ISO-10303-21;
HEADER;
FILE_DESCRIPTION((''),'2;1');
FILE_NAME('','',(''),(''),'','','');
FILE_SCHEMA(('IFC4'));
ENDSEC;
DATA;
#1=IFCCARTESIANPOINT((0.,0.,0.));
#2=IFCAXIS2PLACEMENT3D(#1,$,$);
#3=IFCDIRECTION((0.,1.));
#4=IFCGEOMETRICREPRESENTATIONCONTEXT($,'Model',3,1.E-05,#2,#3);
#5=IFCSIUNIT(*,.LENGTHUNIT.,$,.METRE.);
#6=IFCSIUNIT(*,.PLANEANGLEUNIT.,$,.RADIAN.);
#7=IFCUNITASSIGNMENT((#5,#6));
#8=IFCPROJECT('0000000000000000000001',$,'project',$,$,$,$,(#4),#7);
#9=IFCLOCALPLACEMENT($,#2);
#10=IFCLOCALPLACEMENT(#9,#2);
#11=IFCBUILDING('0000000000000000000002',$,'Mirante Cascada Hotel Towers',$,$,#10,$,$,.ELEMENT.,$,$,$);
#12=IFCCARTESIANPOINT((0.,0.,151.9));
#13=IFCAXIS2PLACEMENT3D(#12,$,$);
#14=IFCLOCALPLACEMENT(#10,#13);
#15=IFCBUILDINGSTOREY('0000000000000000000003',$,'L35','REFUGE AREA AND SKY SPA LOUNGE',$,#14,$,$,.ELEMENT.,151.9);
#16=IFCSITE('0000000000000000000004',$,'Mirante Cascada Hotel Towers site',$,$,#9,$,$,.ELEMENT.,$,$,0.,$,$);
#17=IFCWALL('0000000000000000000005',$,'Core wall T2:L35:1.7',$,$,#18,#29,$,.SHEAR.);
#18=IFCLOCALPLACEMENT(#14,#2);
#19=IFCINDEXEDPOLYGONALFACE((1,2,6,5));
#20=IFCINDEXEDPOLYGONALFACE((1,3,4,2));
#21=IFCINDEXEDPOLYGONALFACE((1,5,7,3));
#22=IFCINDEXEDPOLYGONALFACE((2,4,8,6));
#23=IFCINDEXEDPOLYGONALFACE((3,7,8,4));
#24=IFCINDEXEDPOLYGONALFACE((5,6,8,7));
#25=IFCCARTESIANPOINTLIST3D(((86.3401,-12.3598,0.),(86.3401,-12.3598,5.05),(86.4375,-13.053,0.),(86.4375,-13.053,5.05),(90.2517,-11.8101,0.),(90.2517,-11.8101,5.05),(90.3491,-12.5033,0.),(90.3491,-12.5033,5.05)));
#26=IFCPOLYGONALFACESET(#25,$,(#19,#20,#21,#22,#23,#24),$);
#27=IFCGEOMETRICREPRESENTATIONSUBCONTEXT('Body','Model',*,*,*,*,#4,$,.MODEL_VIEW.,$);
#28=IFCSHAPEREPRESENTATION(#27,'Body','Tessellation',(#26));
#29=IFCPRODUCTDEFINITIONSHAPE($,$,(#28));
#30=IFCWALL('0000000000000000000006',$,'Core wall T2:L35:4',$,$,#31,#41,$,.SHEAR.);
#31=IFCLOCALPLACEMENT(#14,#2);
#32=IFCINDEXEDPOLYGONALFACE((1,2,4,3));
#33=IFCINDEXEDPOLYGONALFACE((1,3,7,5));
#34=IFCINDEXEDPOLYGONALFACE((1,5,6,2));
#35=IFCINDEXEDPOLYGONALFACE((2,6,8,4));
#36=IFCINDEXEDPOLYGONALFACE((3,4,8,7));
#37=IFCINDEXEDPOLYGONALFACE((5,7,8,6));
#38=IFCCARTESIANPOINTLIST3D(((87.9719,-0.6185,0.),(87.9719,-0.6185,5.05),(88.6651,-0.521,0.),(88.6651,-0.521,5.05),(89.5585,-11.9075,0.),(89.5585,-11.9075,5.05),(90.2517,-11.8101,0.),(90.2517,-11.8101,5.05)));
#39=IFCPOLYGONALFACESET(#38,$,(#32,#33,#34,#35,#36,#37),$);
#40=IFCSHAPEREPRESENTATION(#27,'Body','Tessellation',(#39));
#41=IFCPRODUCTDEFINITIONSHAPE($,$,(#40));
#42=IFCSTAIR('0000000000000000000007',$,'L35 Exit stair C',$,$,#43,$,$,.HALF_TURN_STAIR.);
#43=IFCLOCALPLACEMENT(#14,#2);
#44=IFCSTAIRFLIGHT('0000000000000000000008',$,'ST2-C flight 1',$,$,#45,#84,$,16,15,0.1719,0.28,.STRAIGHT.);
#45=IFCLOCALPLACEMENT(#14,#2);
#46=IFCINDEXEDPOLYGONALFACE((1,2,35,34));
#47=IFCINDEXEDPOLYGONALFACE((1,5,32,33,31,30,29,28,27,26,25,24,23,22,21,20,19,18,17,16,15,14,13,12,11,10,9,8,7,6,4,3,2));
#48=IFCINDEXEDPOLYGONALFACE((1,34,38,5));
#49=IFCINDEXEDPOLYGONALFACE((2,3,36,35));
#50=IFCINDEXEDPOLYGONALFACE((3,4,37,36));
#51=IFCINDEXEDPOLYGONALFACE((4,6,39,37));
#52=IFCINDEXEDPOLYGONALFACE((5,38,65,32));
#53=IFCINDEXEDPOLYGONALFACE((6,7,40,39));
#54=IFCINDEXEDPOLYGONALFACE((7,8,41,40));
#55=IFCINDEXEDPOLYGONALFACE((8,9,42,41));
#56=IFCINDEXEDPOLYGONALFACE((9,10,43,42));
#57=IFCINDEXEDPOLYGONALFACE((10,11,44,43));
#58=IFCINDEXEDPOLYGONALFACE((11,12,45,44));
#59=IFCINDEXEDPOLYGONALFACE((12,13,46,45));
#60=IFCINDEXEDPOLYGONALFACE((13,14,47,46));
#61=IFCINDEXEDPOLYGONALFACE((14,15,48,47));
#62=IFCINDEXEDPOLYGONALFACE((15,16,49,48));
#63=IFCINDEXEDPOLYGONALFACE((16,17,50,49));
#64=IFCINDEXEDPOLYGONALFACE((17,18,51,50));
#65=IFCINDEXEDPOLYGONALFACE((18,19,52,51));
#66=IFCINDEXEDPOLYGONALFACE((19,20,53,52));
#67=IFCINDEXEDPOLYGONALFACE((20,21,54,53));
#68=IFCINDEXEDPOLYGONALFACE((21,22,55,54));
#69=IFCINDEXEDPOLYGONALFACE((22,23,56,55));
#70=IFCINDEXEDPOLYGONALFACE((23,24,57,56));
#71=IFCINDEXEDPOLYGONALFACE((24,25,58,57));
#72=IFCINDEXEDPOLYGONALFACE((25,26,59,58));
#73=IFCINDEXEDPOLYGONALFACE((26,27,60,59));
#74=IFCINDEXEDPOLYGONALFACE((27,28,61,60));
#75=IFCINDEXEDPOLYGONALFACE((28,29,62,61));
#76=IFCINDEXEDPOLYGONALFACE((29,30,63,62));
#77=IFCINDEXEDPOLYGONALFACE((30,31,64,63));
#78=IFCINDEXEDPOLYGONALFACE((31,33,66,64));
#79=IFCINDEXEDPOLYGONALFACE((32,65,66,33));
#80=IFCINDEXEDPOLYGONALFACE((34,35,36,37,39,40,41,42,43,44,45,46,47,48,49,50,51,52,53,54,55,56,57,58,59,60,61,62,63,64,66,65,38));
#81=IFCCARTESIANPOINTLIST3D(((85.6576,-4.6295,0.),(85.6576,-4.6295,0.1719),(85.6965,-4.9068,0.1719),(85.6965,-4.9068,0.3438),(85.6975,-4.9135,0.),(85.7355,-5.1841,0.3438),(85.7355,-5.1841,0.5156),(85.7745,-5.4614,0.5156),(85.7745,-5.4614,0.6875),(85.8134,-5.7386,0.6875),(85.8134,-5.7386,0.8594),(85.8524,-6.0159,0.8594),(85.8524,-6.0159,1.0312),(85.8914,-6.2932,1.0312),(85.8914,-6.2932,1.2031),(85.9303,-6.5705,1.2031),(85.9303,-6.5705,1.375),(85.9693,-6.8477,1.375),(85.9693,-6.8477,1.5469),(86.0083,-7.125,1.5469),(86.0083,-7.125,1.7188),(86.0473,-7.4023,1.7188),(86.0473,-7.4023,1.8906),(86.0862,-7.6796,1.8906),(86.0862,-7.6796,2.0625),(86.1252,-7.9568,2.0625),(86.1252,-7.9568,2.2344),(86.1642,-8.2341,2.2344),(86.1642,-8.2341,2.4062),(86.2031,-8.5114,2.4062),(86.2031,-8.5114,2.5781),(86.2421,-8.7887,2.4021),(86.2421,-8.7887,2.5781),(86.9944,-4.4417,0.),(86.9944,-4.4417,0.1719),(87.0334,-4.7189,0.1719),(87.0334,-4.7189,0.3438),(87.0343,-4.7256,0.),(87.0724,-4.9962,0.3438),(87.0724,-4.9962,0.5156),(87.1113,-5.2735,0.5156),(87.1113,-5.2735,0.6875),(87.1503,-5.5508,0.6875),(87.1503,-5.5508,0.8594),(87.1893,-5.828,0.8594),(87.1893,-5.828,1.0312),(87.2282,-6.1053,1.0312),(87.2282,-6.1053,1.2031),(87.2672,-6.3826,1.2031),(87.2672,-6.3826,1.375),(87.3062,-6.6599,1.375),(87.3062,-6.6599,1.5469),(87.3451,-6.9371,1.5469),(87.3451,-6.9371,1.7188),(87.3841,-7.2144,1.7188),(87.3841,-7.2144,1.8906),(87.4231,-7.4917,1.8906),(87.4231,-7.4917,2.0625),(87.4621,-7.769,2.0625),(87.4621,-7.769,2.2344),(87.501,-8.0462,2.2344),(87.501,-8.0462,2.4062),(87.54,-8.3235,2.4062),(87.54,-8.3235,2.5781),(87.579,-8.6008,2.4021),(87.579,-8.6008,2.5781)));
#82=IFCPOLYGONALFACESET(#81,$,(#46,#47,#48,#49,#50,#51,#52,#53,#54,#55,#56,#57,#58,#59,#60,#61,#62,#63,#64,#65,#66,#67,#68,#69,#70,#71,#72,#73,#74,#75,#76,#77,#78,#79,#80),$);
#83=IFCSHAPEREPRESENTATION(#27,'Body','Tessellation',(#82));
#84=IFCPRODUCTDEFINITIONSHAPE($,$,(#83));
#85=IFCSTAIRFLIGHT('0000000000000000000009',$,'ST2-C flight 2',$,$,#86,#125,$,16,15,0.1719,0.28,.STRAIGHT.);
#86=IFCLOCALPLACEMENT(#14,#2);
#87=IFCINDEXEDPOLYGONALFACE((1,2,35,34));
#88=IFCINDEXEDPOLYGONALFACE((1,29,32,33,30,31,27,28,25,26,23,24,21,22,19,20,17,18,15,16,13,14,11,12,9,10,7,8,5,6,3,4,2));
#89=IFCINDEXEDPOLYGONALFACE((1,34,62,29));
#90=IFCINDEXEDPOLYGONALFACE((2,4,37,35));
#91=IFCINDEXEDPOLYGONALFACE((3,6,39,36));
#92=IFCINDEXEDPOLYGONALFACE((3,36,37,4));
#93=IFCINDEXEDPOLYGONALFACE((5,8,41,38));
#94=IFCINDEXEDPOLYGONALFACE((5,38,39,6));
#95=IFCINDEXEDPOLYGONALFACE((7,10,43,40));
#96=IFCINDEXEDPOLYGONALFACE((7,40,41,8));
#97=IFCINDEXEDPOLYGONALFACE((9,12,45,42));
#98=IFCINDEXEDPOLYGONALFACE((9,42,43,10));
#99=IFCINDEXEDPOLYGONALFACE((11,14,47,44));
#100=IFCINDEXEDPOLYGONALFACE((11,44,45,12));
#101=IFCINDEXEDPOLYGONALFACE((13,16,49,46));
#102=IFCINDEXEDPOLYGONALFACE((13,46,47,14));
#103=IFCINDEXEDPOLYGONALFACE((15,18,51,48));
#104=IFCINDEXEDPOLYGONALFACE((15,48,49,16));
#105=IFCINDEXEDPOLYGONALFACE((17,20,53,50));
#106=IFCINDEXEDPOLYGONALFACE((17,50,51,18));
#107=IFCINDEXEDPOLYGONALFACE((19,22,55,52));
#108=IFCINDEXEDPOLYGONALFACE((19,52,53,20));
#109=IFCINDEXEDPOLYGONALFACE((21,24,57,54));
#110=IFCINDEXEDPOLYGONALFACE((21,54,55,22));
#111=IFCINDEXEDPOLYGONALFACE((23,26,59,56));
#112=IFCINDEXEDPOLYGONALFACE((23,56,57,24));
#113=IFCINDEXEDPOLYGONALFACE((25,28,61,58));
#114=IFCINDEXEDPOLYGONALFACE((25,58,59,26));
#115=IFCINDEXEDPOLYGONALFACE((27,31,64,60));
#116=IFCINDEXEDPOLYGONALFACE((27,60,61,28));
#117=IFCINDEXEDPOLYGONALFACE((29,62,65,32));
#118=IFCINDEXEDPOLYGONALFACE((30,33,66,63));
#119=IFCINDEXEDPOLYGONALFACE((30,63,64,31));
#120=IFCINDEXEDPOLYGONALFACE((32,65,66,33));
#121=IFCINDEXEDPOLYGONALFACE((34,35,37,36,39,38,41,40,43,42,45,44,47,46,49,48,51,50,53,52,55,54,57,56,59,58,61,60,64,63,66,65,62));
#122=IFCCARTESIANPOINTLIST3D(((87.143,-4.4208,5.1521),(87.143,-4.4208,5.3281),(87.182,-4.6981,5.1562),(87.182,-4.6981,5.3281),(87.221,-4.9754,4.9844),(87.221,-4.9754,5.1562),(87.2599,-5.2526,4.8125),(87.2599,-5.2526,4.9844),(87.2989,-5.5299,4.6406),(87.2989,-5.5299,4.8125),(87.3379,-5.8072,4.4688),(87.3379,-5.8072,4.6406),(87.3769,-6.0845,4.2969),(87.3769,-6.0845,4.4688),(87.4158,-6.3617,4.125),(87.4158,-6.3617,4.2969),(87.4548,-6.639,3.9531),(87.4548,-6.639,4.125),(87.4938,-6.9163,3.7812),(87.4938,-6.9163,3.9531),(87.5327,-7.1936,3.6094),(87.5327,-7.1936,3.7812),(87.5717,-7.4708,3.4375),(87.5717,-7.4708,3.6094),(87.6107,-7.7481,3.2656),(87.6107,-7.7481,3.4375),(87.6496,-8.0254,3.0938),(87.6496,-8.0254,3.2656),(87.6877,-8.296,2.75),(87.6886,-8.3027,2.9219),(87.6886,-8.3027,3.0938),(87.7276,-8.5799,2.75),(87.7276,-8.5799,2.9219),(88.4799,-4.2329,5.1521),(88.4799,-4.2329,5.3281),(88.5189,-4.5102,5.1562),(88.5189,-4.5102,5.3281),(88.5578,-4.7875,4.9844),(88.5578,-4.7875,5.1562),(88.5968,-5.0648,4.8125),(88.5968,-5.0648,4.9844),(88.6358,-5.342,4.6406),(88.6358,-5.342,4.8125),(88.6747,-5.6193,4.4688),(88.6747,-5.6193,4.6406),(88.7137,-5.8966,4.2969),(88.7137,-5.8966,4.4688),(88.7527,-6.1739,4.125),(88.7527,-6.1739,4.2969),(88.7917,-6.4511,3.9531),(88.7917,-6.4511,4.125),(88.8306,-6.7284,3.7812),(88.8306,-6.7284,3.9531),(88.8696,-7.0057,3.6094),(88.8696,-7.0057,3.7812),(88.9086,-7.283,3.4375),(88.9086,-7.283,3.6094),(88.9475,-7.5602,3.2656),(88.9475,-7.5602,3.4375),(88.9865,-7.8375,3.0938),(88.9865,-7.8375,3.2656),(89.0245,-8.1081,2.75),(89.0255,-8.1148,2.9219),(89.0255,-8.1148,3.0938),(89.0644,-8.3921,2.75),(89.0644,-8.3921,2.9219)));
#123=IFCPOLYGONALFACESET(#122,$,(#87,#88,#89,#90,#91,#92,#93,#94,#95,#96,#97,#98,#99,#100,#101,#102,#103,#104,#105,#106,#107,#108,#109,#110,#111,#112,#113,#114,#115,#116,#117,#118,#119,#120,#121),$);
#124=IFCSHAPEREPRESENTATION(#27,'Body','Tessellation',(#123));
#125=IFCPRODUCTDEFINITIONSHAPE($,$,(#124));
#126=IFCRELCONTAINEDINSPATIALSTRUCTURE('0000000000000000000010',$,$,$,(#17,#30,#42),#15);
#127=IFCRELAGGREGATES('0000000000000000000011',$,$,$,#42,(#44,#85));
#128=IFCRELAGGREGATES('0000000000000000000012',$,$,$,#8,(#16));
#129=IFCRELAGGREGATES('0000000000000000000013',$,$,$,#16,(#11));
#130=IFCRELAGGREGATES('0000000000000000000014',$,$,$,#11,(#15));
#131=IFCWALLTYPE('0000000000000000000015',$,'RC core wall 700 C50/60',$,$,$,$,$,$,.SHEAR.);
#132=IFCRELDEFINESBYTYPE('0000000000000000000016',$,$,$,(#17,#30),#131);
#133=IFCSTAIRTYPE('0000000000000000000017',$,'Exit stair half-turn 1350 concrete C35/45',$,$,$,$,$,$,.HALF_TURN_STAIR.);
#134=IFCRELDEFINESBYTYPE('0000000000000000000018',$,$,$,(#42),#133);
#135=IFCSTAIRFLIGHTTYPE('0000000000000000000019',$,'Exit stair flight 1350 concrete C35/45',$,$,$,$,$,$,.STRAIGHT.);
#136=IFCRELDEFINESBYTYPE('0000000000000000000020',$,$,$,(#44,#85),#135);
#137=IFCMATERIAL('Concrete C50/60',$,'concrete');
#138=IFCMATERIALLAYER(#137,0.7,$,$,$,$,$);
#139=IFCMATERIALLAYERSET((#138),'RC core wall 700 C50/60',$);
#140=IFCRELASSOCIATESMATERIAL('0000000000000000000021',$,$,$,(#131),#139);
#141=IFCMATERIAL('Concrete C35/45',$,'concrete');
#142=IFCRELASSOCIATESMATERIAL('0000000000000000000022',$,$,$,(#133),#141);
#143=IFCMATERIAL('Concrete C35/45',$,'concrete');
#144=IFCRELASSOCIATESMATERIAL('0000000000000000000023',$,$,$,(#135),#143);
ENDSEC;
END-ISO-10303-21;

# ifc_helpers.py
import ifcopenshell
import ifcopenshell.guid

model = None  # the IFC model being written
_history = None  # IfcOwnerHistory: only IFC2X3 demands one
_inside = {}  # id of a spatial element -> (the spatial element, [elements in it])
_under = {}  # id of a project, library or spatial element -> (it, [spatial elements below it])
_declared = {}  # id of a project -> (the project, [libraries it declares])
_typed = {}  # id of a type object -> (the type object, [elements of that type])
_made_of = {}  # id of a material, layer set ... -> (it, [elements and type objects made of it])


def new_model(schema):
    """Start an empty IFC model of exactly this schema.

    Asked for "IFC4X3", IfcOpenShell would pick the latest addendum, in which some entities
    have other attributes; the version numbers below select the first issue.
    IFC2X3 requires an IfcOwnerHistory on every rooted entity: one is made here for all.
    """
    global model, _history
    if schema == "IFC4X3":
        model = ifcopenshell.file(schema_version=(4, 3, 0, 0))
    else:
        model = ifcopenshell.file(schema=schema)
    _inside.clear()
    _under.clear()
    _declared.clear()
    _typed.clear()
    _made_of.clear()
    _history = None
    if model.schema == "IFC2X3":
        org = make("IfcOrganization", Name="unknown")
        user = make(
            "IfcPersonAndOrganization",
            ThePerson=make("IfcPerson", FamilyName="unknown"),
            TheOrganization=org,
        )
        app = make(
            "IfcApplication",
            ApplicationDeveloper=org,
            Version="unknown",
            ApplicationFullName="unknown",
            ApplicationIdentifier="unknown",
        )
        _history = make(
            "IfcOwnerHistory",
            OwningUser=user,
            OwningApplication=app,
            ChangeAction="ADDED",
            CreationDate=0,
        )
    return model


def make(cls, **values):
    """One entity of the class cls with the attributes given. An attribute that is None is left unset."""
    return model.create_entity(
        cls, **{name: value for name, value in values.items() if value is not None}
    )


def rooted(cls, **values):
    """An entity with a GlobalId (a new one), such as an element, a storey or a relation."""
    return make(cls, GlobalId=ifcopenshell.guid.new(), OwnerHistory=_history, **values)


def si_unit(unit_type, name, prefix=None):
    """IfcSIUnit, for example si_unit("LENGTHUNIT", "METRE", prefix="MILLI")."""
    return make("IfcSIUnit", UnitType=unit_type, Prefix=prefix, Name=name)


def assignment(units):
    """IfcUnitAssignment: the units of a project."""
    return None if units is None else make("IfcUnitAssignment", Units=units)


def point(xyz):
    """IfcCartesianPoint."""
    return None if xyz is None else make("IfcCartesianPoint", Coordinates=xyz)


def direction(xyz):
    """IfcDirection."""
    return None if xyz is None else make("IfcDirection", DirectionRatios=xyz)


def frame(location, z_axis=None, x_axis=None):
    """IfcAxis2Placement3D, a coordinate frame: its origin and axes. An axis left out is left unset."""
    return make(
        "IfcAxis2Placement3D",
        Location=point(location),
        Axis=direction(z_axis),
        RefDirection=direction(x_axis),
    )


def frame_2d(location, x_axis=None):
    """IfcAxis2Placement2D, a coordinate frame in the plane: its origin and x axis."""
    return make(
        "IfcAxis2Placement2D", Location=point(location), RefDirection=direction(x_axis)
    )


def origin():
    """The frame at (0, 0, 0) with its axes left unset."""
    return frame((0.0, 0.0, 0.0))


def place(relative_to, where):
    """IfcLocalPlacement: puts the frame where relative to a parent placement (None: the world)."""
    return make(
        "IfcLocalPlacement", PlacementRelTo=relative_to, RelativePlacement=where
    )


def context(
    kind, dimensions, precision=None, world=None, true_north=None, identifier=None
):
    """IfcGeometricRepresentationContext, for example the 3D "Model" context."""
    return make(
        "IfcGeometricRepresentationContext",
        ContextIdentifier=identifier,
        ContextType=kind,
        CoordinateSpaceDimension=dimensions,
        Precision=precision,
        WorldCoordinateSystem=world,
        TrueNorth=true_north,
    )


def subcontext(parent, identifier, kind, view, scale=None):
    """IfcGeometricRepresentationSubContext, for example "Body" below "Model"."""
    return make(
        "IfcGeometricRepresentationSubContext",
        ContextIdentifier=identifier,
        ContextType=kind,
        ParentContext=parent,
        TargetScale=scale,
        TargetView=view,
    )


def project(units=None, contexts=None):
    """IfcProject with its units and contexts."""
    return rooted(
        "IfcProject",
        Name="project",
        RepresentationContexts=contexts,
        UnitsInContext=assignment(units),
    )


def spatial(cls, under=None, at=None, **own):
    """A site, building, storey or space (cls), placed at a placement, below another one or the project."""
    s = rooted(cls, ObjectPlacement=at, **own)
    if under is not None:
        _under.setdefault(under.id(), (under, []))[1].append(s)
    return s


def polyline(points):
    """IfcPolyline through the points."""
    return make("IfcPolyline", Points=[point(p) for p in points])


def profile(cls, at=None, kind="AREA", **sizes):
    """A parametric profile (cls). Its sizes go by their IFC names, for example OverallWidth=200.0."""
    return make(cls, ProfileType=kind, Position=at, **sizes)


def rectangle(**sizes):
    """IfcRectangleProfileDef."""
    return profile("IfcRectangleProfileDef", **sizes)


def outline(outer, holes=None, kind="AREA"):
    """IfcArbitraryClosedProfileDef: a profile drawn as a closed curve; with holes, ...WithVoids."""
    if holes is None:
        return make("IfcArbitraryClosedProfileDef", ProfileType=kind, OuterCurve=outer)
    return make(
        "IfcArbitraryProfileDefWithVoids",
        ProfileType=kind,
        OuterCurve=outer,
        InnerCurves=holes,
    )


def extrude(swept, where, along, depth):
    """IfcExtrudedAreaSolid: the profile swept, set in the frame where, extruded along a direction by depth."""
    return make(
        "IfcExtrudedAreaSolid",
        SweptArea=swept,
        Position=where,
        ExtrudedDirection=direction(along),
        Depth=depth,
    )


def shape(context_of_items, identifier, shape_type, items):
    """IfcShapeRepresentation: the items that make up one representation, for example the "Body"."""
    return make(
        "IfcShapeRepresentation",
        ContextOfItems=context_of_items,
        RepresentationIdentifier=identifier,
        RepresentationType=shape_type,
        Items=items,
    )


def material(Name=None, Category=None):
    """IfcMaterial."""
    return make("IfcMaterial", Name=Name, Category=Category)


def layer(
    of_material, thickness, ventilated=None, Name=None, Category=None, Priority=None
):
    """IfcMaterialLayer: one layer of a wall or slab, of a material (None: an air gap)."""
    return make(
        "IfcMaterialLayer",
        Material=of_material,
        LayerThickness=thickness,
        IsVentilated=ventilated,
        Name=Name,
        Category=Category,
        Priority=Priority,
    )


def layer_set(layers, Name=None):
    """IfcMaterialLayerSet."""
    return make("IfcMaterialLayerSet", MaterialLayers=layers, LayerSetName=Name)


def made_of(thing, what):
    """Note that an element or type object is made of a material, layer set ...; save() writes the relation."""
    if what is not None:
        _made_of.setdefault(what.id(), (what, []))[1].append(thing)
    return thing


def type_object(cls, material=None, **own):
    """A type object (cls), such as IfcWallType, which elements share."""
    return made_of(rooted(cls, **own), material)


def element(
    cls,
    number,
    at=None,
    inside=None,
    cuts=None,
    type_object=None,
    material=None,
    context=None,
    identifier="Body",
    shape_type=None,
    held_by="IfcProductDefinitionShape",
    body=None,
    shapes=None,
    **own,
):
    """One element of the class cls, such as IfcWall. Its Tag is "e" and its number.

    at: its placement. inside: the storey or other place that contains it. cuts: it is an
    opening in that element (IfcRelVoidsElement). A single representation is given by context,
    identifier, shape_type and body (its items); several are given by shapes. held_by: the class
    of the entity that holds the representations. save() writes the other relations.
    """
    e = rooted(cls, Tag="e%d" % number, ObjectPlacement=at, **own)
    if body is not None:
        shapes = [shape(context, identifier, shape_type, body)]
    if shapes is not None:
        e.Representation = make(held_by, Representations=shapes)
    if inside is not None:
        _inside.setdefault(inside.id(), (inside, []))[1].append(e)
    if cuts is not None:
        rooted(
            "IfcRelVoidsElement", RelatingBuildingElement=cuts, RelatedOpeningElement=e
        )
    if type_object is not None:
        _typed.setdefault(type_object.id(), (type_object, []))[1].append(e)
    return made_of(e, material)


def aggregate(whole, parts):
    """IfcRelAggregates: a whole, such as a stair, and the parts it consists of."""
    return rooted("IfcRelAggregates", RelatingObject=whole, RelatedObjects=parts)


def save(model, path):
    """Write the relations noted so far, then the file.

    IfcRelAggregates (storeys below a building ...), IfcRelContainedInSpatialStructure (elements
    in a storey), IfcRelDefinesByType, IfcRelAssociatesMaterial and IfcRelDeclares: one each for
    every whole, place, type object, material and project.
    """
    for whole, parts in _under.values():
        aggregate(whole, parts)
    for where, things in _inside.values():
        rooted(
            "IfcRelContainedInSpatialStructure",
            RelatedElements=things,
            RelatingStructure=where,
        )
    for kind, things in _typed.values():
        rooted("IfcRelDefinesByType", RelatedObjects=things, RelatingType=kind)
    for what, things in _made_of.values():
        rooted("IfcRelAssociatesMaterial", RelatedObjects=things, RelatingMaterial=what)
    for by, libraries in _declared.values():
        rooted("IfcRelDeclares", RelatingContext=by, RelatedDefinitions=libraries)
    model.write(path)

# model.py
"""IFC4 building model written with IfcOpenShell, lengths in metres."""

from ifc_helpers import new_model, si_unit, direction, frame, frame_2d, origin, place, context, subcontext, project, spatial, polyline, rectangle, outline, extrude, material, layer, layer_set, type_object, element, aggregate, save


model = new_model("IFC4")

# Units and contexts
model_context = context("Model", 3, precision=1e-05, world=origin(), true_north=direction((0.0, 1.0)))
body_context = subcontext(model_context, "Body", "Model", "MODEL_VIEW")
ifc_project = project(units=[si_unit("LENGTHUNIT", "METRE"), si_unit("PLANEANGLEUNIT", "RADIAN")], contexts=[model_context])

# Site, building, storey
site_placement = place(None, origin())
site = spatial("IfcSite", under=ifc_project, at=site_placement, Name="Mirante Cascada Hotel Towers site", CompositionType="ELEMENT", RefElevation=0.0)
building_placement = place(site_placement, origin())
building = spatial("IfcBuilding", under=site, at=building_placement, Name="Mirante Cascada Hotel Towers", CompositionType="ELEMENT")
storey_placement = place(building_placement, frame((0.0, 0.0, 151.9)))
storey = spatial("IfcBuildingStorey", under=building, at=storey_placement, Name="L35", Description="REFUGE AREA AND SKY SPA LOUNGE", CompositionType="ELEMENT", Elevation=151.9)

# Walls
ifc_material_1 = material(Name="Concrete C50/60", Category="concrete")
ifc_layer_1 = layer(ifc_material_1, 0.7)
ifc_layer_set_1 = layer_set([ifc_layer_1], Name="RC core wall 700 C50/60")
wall_type_1 = type_object("IfcWallType", Name="RC core wall 700 C50/60", PredefinedType="SHEAR", material=ifc_layer_set_1)
wall_1_placement = place(storey_placement, frame((86.3888, -12.7064, 0.0), z_axis=(0.0, 0.0, 1.0), x_axis=(0.990269, 0.139163, 0.0)))
element("IfcWall", 1, at=wall_1_placement, inside=storey, type_object=wall_type_1, Name="Core wall T2:L35:1.7", PredefinedType="SHEAR", context=body_context, shape_type="SweptSolid", body=[
    extrude(rectangle(XDim=3.95, YDim=0.7, at=frame_2d((1.975, 0.0))), origin(), (0.0, 0.0, 1.0), 5.05),
])
wall_2_placement = place(storey_placement, frame((89.9051, -11.8588, 0.0), z_axis=(0.0, 0.0, 1.0), x_axis=(-0.139175, 0.990268, 0.0)))
element("IfcWall", 2, at=wall_2_placement, inside=storey, type_object=wall_type_1, Name="Core wall T2:L35:4", PredefinedType="SHEAR", context=body_context, shape_type="SweptSolid", body=[
    extrude(rectangle(XDim=11.4, YDim=0.7, at=frame_2d((5.7, 0.0))), origin(), (0.0, 0.0, 1.0), 5.05),
])

# Stair, stair flights
ifc_material_2 = material(Name="Concrete C35/45", Category="concrete")
stair_type = type_object("IfcStairType", Name="Exit stair half-turn 1350 concrete C35/45", PredefinedType="HALF_TURN_STAIR", material=ifc_material_2)
stair_placement = place(storey_placement, origin())
stair = element("IfcStair", 3, at=stair_placement, inside=storey, type_object=stair_type, Name="L35 Exit stair C", PredefinedType="HALF_TURN_STAIR")
ifc_material_3 = material(Name="Concrete C35/45", Category="concrete")
stair_flight_type = type_object("IfcStairFlightType", Name="Exit stair flight 1350 concrete C35/45", PredefinedType="STRAIGHT", material=ifc_material_3)
stair_flight_1_placement = place(storey_placement, frame((86.326, -4.5356, 0.0), z_axis=(0.0, 0.0, 1.0), x_axis=(0.139173, -0.990268, 0.0)))
stair_flight_1 = element("IfcStairFlight", 4, at=stair_flight_1_placement, type_object=stair_flight_type, Name="ST2-C flight 1", NumberOfRisers=16, NumberOfTreads=15, PredefinedType="STRAIGHT", RiserHeight=0.1719, TreadLength=0.28, context=body_context, shape_type="SweptSolid", body=[
    extrude(outline(polyline([(0.0, 0.0), (0.0, 0.1719), (0.28, 0.1719), (0.28, 0.3438), (0.56, 0.3438), (0.56, 0.5156), (0.84, 0.5156), (0.84, 0.6875), (1.12, 0.6875), (1.12, 0.8594), (1.4, 0.8594), (1.4, 1.0312), (1.68, 1.0312), (1.68, 1.2031), (1.96, 1.2031), (1.96, 1.375), (2.24, 1.375), (2.24, 1.5469), (2.52, 1.5469), (2.52, 1.7188), (2.8, 1.7188), (2.8, 1.8906), (3.08, 1.8906), (3.08, 2.0625), (3.36, 2.0625), (3.36, 2.2344), (3.64, 2.2344), (3.64, 2.4062), (3.92, 2.4062), (3.92, 2.5781), (4.2, 2.5781), (4.2, 2.75), (4.2, 2.4021), (0.2867, 0.0), (0.0, 0.0)])), frame((0.0, 0.675, 0.0), z_axis=(0.0, -1.0, 0.0), x_axis=(1.0, 0.0, 0.0)), (0.0, 0.0, 1.0), 1.35),
])
stair_flight_2_placement = place(storey_placement, frame((88.396, -8.486, 2.75), z_axis=(0.0, 0.0, 1.0), x_axis=(-0.139173, 0.990268, 0.0)))
stair_flight_2 = element("IfcStairFlight", 5, at=stair_flight_2_placement, type_object=stair_flight_type, Name="ST2-C flight 2", NumberOfRisers=16, NumberOfTreads=15, PredefinedType="STRAIGHT", RiserHeight=0.1719, TreadLength=0.28, context=body_context, shape_type="SweptSolid", body=[
    extrude(outline(polyline([(0.0, 0.0), (0.0, 0.1719), (0.28, 0.1719), (0.28, 0.3438), (0.56, 0.3438), (0.56, 0.5156), (0.84, 0.5156), (0.84, 0.6875), (1.12, 0.6875), (1.12, 0.8594), (1.4, 0.8594), (1.4, 1.0312), (1.68, 1.0312), (1.68, 1.2031), (1.96, 1.2031), (1.96, 1.375), (2.24, 1.375), (2.24, 1.5469), (2.52, 1.5469), (2.52, 1.7188), (2.8, 1.7188), (2.8, 1.8906), (3.08, 1.8906), (3.08, 2.0625), (3.36, 2.0625), (3.36, 2.2344), (3.64, 2.2344), (3.64, 2.4062), (3.92, 2.4062), (3.92, 2.5781), (4.2, 2.5781), (4.2, 2.75), (4.2, 2.4021), (0.2867, 0.0), (0.0, 0.0)])), frame((0.0, 0.675, 0.0), z_axis=(0.0, -1.0, 0.0), x_axis=(1.0, 0.0, 0.0)), (0.0, 0.0, 1.0), 1.35),
])
aggregate(stair, [stair_flight_1, stair_flight_2])

save(model, "model.ifc")
